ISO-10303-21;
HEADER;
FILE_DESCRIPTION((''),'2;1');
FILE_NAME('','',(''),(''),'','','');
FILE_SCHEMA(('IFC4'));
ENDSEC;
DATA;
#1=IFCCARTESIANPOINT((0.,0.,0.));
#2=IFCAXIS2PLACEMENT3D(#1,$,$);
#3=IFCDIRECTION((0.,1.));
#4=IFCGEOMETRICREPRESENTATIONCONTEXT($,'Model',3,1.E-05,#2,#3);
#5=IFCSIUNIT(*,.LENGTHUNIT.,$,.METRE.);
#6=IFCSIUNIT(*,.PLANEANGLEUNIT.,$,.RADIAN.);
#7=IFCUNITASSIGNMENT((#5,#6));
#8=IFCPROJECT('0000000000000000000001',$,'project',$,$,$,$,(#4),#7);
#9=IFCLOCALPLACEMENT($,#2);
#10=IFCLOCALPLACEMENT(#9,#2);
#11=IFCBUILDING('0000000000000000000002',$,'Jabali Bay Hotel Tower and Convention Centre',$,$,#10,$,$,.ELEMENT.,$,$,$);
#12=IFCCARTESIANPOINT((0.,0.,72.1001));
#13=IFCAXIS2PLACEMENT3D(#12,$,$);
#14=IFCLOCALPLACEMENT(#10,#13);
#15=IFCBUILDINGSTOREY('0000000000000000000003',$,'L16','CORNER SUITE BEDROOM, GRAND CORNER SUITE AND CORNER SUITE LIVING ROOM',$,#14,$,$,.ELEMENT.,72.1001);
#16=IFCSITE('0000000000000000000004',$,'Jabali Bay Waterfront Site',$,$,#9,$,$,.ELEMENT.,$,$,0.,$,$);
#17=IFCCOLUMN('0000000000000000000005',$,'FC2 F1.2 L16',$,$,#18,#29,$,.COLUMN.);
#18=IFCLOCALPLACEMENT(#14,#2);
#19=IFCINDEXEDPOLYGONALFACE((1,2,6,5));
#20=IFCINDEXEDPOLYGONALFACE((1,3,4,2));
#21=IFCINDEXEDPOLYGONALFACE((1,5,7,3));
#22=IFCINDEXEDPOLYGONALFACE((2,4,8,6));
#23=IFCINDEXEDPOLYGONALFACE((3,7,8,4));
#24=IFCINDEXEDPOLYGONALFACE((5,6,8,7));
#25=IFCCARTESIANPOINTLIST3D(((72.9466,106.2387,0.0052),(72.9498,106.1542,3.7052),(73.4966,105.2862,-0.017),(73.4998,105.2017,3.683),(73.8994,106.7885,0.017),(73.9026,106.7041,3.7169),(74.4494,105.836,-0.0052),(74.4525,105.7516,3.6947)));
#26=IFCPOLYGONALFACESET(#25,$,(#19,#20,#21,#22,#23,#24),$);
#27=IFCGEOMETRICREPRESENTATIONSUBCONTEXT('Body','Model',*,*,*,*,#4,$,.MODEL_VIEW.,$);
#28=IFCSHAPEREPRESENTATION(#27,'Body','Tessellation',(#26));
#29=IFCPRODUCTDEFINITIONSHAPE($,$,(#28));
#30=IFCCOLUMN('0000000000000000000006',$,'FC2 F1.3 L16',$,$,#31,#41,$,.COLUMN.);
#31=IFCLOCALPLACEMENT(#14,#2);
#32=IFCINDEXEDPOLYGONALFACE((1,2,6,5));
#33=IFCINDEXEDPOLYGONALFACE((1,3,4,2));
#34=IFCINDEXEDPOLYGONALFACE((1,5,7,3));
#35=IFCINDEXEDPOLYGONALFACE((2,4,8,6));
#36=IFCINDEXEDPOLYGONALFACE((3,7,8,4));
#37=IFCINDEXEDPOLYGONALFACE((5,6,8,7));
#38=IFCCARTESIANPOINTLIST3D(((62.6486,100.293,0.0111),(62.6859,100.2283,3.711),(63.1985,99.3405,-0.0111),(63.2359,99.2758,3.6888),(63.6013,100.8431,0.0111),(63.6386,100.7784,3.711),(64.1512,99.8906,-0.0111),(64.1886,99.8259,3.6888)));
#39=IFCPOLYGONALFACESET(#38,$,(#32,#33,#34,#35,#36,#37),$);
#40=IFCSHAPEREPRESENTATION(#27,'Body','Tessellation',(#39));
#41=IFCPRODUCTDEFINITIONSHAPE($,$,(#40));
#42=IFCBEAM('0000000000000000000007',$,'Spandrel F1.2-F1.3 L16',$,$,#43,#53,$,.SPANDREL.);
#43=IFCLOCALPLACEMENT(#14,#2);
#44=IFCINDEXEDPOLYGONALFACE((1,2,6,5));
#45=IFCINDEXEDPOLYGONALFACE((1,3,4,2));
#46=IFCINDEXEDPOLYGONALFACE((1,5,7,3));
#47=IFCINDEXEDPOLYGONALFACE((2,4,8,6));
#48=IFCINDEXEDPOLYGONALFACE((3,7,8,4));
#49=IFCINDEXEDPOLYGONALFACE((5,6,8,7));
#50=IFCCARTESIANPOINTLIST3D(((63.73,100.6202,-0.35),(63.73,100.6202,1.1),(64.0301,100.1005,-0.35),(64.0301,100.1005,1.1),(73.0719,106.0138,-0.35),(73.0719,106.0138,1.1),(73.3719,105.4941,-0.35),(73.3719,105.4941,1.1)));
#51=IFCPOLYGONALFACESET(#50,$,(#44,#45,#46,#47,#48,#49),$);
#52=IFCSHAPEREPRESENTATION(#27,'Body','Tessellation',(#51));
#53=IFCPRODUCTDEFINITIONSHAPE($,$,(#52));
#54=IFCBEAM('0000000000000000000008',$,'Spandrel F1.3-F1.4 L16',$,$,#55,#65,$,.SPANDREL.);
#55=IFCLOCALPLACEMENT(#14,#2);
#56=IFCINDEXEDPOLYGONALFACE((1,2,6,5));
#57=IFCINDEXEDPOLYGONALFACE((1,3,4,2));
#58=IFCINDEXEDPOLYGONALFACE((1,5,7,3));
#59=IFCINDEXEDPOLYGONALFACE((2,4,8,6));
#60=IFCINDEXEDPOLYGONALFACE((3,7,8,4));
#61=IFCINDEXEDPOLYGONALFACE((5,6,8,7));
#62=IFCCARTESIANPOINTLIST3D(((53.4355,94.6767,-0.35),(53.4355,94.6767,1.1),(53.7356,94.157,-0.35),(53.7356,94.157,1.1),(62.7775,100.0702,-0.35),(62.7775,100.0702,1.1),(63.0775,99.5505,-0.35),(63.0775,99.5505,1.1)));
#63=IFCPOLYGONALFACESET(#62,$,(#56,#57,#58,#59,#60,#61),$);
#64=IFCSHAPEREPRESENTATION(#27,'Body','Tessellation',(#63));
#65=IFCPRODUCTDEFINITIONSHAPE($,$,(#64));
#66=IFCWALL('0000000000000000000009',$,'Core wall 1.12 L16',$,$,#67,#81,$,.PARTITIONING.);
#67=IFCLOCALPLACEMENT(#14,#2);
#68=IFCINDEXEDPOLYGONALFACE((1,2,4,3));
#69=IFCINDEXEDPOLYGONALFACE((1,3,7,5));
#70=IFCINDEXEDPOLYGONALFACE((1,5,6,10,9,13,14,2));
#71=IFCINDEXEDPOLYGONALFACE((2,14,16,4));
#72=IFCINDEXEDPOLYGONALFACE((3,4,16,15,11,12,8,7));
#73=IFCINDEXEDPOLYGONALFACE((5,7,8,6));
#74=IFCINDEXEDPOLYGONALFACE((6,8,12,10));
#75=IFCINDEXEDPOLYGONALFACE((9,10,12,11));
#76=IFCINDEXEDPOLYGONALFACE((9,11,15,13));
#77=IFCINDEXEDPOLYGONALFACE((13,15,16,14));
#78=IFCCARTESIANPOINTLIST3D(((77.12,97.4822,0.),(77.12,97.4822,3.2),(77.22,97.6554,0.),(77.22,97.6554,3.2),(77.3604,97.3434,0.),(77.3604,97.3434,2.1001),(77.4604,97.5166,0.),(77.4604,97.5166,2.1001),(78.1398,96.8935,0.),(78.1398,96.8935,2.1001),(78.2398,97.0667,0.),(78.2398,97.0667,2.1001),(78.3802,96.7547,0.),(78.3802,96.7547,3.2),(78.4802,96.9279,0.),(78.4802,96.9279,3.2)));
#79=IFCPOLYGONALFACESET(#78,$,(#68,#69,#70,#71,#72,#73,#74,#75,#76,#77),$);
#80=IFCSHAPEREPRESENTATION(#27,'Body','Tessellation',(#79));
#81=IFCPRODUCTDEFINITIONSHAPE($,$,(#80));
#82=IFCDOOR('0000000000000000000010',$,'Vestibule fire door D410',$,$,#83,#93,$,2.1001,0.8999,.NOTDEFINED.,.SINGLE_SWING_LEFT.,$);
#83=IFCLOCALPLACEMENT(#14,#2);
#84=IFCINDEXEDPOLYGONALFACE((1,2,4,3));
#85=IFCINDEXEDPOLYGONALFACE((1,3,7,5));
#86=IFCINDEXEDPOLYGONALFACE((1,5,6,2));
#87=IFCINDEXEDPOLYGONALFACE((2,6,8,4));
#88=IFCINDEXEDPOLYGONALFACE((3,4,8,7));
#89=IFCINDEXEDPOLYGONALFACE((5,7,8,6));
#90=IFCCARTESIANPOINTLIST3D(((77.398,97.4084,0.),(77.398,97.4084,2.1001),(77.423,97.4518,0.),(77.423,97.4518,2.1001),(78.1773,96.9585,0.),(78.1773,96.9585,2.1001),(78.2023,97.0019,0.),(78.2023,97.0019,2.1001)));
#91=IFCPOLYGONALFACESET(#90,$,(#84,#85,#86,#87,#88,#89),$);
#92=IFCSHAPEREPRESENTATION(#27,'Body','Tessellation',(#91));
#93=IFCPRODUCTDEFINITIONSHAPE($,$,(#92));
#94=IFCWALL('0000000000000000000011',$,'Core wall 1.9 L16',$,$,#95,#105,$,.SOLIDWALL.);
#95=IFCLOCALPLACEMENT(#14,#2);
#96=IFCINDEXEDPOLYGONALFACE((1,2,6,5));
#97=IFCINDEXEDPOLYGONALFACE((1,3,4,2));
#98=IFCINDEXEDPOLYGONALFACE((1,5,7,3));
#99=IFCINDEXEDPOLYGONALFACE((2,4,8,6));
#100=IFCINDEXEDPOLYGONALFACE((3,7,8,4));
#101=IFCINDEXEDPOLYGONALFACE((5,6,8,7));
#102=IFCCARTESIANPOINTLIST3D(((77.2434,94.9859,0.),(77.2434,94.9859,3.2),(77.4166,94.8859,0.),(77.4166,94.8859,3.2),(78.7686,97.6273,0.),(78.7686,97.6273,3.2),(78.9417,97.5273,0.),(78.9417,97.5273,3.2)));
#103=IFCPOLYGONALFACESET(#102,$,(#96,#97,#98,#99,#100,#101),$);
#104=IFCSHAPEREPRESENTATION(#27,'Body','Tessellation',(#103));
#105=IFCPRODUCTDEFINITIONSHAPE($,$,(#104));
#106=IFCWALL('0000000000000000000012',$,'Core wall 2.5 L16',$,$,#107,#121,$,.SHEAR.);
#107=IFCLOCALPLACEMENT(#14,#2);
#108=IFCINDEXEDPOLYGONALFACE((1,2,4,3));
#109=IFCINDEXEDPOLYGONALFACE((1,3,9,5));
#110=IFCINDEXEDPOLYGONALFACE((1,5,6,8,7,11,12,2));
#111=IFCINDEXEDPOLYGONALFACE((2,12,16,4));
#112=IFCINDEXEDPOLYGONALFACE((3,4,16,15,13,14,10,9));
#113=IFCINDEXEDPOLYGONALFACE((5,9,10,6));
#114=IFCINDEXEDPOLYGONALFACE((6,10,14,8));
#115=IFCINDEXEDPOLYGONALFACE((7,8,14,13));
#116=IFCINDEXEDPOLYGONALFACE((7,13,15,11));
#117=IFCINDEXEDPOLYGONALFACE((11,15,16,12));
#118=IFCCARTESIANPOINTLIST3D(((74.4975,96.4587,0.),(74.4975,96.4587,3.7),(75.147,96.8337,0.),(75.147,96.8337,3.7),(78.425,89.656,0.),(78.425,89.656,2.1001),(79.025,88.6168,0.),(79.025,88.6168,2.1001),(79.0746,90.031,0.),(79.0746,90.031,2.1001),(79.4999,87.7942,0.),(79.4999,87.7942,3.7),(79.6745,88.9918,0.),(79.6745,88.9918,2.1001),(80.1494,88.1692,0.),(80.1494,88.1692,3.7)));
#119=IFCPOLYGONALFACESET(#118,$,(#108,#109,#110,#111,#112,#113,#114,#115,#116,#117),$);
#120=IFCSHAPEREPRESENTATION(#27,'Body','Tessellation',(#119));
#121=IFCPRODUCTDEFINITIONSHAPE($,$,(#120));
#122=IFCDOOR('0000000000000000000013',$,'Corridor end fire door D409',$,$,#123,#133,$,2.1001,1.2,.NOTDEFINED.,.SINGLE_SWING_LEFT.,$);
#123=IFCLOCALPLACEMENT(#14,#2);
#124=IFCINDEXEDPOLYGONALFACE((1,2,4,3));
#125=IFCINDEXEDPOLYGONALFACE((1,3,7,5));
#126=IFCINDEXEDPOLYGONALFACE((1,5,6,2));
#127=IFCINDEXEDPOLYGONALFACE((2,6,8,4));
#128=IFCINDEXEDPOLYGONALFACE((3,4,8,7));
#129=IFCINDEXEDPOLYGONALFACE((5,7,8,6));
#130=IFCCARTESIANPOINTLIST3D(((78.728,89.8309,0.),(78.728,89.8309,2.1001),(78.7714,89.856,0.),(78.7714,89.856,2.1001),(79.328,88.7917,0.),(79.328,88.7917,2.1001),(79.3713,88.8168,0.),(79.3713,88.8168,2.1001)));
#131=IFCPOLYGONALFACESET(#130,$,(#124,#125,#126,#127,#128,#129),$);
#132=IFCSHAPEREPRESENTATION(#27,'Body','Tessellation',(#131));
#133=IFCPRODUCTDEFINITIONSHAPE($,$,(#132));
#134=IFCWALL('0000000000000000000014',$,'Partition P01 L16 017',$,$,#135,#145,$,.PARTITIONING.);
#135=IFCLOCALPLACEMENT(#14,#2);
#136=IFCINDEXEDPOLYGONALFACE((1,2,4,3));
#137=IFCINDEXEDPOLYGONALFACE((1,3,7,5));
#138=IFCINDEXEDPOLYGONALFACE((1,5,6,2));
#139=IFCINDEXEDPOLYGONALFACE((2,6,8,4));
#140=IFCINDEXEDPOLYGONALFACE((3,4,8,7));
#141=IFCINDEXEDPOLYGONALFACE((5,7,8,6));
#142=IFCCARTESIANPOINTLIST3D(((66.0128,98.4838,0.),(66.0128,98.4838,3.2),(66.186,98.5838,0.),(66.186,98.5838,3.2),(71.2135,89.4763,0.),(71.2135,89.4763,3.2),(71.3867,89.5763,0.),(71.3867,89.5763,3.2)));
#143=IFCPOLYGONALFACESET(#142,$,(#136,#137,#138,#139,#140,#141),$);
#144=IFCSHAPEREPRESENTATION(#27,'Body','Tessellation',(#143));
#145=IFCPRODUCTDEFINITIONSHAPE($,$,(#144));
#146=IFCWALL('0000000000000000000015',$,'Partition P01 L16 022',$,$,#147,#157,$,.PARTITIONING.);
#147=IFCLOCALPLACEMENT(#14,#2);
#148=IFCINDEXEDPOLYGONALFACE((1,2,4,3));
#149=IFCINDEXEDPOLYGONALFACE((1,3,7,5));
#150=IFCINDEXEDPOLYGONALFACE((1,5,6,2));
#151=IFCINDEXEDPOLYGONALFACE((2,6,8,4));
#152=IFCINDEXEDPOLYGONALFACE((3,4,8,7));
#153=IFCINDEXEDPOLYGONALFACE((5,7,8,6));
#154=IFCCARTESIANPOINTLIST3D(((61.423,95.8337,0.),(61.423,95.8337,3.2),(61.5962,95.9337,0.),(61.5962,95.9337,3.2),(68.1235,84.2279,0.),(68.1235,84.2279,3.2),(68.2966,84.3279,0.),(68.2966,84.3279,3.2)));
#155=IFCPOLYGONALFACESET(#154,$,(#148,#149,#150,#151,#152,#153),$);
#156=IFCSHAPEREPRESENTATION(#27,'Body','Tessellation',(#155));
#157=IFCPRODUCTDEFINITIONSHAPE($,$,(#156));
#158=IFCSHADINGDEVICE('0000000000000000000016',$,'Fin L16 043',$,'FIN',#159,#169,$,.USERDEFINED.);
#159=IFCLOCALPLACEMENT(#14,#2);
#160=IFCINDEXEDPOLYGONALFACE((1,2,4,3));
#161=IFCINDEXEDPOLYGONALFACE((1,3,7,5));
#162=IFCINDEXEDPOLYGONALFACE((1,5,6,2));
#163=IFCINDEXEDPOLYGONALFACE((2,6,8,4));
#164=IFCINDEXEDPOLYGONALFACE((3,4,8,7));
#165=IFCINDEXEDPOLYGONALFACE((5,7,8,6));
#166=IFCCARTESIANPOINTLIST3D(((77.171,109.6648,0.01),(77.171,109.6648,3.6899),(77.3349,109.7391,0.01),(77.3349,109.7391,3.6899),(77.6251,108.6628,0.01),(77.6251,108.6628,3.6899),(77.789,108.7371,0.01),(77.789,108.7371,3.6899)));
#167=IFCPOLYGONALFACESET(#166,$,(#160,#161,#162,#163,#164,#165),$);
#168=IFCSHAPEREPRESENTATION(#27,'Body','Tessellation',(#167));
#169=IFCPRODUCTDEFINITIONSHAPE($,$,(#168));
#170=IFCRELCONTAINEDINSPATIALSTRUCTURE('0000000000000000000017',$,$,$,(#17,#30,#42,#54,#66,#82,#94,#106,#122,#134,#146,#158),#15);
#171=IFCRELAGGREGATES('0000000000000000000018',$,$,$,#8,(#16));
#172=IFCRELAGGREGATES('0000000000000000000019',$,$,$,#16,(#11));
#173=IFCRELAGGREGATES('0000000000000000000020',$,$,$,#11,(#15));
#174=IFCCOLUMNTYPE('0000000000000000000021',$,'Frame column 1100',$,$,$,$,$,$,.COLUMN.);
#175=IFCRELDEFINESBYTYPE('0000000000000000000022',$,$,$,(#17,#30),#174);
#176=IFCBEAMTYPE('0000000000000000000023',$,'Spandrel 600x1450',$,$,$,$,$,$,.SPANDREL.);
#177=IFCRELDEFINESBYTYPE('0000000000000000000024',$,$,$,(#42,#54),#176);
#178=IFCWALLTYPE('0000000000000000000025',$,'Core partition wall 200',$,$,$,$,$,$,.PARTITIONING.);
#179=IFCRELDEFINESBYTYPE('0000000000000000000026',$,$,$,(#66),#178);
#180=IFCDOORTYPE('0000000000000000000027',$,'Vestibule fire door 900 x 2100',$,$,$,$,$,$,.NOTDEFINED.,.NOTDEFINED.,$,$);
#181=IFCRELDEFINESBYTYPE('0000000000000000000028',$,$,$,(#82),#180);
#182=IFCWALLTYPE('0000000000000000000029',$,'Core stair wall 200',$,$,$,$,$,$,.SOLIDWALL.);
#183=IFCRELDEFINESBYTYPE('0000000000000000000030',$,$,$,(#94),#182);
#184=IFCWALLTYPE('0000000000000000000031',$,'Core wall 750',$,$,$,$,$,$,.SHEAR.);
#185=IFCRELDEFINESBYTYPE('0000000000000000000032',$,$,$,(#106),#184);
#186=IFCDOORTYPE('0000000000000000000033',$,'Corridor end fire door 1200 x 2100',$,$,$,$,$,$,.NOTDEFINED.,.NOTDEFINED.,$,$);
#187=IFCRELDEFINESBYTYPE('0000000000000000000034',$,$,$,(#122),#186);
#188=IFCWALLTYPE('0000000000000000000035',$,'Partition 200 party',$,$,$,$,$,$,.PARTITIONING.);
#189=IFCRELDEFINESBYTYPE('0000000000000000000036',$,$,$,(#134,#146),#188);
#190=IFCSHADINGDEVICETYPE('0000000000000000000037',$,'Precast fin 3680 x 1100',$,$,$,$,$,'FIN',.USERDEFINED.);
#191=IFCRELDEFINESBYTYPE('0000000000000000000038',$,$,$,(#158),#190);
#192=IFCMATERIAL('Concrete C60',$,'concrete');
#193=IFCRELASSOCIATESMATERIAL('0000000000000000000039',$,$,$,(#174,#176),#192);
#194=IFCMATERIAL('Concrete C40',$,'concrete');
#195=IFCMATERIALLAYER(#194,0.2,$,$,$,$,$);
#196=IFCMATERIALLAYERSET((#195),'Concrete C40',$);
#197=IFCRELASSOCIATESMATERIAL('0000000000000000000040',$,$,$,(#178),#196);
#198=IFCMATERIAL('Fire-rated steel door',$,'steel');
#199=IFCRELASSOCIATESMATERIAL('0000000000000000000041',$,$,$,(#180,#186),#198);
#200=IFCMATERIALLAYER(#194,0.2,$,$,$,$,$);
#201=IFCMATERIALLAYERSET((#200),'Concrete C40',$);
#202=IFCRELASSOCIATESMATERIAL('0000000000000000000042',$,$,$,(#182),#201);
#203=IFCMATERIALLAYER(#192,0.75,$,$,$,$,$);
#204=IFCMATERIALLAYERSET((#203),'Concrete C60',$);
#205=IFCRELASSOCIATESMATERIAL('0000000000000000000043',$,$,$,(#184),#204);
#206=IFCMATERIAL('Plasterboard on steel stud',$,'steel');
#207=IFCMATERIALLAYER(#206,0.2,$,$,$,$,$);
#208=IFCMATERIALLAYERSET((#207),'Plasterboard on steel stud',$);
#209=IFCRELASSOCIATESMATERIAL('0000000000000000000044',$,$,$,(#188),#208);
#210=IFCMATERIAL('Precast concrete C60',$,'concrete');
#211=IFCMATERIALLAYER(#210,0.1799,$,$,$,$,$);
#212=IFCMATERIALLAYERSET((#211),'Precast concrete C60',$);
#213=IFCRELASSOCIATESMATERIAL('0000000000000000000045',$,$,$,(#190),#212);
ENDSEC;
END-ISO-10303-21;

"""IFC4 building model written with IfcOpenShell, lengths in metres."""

from ifc_helpers import new_model, si_unit, direction, frame, frame_2d, origin, origin_2d, place, context, subcontext, project, spatial, rectangle, extrude, material, layer, layer_set, material_profile, profile_set, type_object, element, fill, save


model = new_model("IFC4")

# Units and contexts
model_context = context("Model", 3, precision=1e-05, world=origin(), true_north=direction((0.0, 1.0)))
body_context = subcontext(model_context, "Body", "Model", "MODEL_VIEW")
ifc_project = project(units=[si_unit("LENGTHUNIT", "METRE"), si_unit("PLANEANGLEUNIT", "RADIAN")], contexts=[model_context])

# Site, building, storey
site_placement = place(None, origin())
site = spatial("IfcSite", under=ifc_project, at=site_placement, Name="Jabali Bay Waterfront Site", CompositionType="ELEMENT", RefElevation=0.0)
building_placement = place(site_placement, origin())
building = spatial("IfcBuilding", under=site, at=building_placement, Name="Jabali Bay Hotel Tower and Convention Centre", CompositionType="ELEMENT")
storey_placement = place(building_placement, frame((0.0, 0.0, 72.1001)))
storey = spatial("IfcBuildingStorey", under=building, at=storey_placement, Name="L16", Description="CORNER SUITE BEDROOM, GRAND CORNER SUITE AND CORNER SUITE LIVING ROOM", CompositionType="ELEMENT", Elevation=72.1001)

# Columns
ifc_material_1 = material(Name="Concrete C60", Category="concrete")
ifc_material_profile_1 = material_profile(ifc_material_1, rectangle(XDim=1.1001, YDim=1.1001, at=origin_2d()), Name="Frame column 1100")
ifc_profile_set_1 = profile_set([ifc_material_profile_1], Name="Concrete C60")
column_type = type_object("IfcColumnType", Name="Frame column 1100", PredefinedType="COLUMN", material=ifc_profile_set_1)
column_1_placement = place(storey_placement, frame((73.698, 106.0374, 0.0), z_axis=(0.000858, -0.022825, 0.999739), x_axis=(0.86606, 0.499826, 0.010668)))
element("IfcColumn", 1, at=column_1_placement, inside=storey, type_object=column_type, Name="FC2 F1.2 L16", PredefinedType="COLUMN", context=body_context, shape_type="SweptSolid", body=[
    extrude(rectangle(XDim=1.1001, YDim=1.1001, at=origin_2d()), origin(), (0.0, 0.0, 1.0), 3.7009),
])
column_2_placement = place(storey_placement, frame((63.3999, 100.0918, 0.0), z_axis=(0.010094, -0.017482, 0.999796), x_axis=(-0.499903, 0.865846, 0.020187)))
element("IfcColumn", 2, at=column_2_placement, inside=storey, type_object=column_type, Name="FC2 F1.3 L16", PredefinedType="COLUMN", context=body_context, shape_type="SweptSolid", body=[
    extrude(rectangle(XDim=1.1001, YDim=1.1001, at=origin_2d()), origin(), (0.0, 0.0, 1.0), 3.7007),
])

# Beams
ifc_material_profile_2 = material_profile(ifc_material_1, rectangle(XDim=0.6001, YDim=1.45, at=origin_2d()), Name="Spandrel 600x1450")
ifc_profile_set_2 = profile_set([ifc_material_profile_2], Name="Concrete C60")
beam_type = type_object("IfcBeamType", Name="Spandrel 600x1450", PredefinedType="SPANDREL", material=ifc_profile_set_2)
for number, where, z_axis, x_axis, name in (
    (3, (73.2219, 105.7539, 0.375), (-0.866023, -0.500005, 0.0), (0.500005, -0.866023, 0.0), "Spandrel F1.2-F1.3 L16"),
    (4, (62.9275, 99.8103, 0.375), (-0.866028, -0.499995, 0.0), (0.499995, -0.866028, 0.0), "Spandrel F1.3-F1.4 L16"),
):
    element("IfcBeam", number, at=place(storey_placement, frame(where, z_axis=z_axis, x_axis=x_axis)), inside=storey, type_object=beam_type, Name=name, PredefinedType="SPANDREL", context=body_context, shape_type="SweptSolid", body=[
        extrude(rectangle(XDim=0.6001, YDim=1.45, at=origin_2d()), origin(), (0.0, 0.0, 1.0), 10.7871),
    ])

# Wall, opening, door
ifc_material_2 = material(Name="Concrete C40", Category="concrete")
ifc_layer_1 = layer(ifc_material_2, 0.2)
ifc_layer_set_1 = layer_set([ifc_layer_1], Name="Concrete C40")
wall_type_1 = type_object("IfcWallType", Name="Core partition wall 200", PredefinedType="PARTITIONING", material=ifc_layer_set_1)
wall_1_placement = place(storey_placement, frame((78.4302, 96.8413, 0.0), z_axis=(0.0, 0.0, 1.0), x_axis=(-0.866046, 0.499965, 0.0)))
wall_1 = element("IfcWall", 5, at=wall_1_placement, inside=storey, type_object=wall_type_1, Name="Core wall 1.12 L16", PredefinedType="PARTITIONING", context=body_context, shape_type="SweptSolid", body=[
    extrude(rectangle(XDim=1.4551, YDim=0.2, at=frame_2d((0.7275, 0.0))), origin(), (0.0, 0.0, 1.0), 3.2),
])
opening_1_placement = place(wall_1_placement, frame((0.2776, 0.0, 0.0)))
opening_1 = element("IfcOpeningElement", 6, at=opening_1_placement, cuts=wall_1, PredefinedType="OPENING", context=body_context, shape_type="SweptSolid", body=[
    extrude(rectangle(XDim=0.8999, YDim=2.1001, at=frame_2d((0.45, 1.05))), frame((0.0, 0.1104, 0.0), z_axis=(0.0, -1.0, 0.0), x_axis=(1.0, 0.0, 0.0)), (0.0, 0.0, 1.0), 0.2209),
])
ifc_material_3 = material(Name="Fire-rated steel door", Category="steel")
door_type_1 = type_object("IfcDoorType", Name="Vestibule fire door 900 x 2100", OperationType="NOTDEFINED", PredefinedType="NOTDEFINED", material=ifc_material_3)
door_1_placement = place(opening_1_placement, origin())
door_1 = element("IfcDoor", 7, at=door_1_placement, inside=storey, type_object=door_type_1, Name="Vestibule fire door D410", OperationType="SINGLE_SWING_LEFT", OverallHeight=2.1001, OverallWidth=0.8999, PredefinedType="NOTDEFINED", context=body_context, shape_type="SweptSolid", body=[
    extrude(rectangle(XDim=0.8999, YDim=2.1001, at=frame_2d((0.45, 1.05))), frame((0.0, 0.0249, 0.0), z_axis=(0.0, -1.0, 0.0), x_axis=(1.0, 0.0, 0.0)), (0.0, 0.0, 1.0), 0.05),
])
fill(opening_1, door_1)

# Wall
ifc_layer_2 = layer(ifc_material_2, 0.2)
ifc_layer_set_2 = layer_set([ifc_layer_2], Name="Concrete C40")
wall_type_2 = type_object("IfcWallType", Name="Core stair wall 200", PredefinedType="SOLIDWALL", material=ifc_layer_set_2)
wall_2_placement = place(storey_placement, frame((77.3301, 94.936, 0.0), z_axis=(0.0, 0.0, 1.0), x_axis=(0.500039, 0.866003, 0.0)))
element("IfcWall", 8, at=wall_2_placement, inside=storey, type_object=wall_type_2, Name="Core wall 1.9 L16", PredefinedType="SOLIDWALL", context=body_context, shape_type="SweptSolid", body=[
    extrude(rectangle(XDim=3.05, YDim=0.2, at=frame_2d((1.5249, 0.0))), origin(), (0.0, 0.0, 1.0), 3.2),
])

# Wall, opening, door
ifc_layer_3 = layer(ifc_material_1, 0.75)
ifc_layer_set_3 = layer_set([ifc_layer_3], Name="Concrete C60")
wall_type_3 = type_object("IfcWallType", Name="Core wall 750", PredefinedType="SHEAR", material=ifc_layer_set_3)
wall_3_placement = place(storey_placement, frame((74.8223, 96.6462, 0.0), z_axis=(0.0, 0.0, 1.0), x_axis=(0.499997, -0.866027, 0.0)))
wall_3 = element("IfcWall", 9, at=wall_3_placement, inside=storey, type_object=wall_type_3, Name="Core wall 2.5 L16", PredefinedType="SHEAR", context=body_context, shape_type="SweptSolid", body=[
    extrude(rectangle(XDim=10.0049, YDim=0.75, at=frame_2d((5.0024, 0.0))), origin(), (0.0, 0.0, 1.0), 3.7),
])
opening_2_placement = place(wall_3_placement, frame((7.855, 0.0, 0.0)))
opening_2 = element("IfcOpeningElement", 10, at=opening_2_placement, cuts=wall_3, PredefinedType="OPENING", context=body_context, shape_type="SweptSolid", body=[
    extrude(rectangle(XDim=1.2, YDim=2.1001, at=frame_2d((0.6001, 1.05))), frame((0.0, 0.3855, 0.0), z_axis=(0.0, -1.0, 0.0), x_axis=(1.0, 0.0, 0.0)), (0.0, 0.0, 1.0), 0.771),
])
door_type_2 = type_object("IfcDoorType", Name="Corridor end fire door 1200 x 2100", OperationType="NOTDEFINED", PredefinedType="NOTDEFINED", material=ifc_material_3)
door_2_placement = place(opening_2_placement, origin())
door_2 = element("IfcDoor", 11, at=door_2_placement, inside=storey, type_object=door_type_2, Name="Corridor end fire door D409", OperationType="SINGLE_SWING_LEFT", OverallHeight=2.1001, OverallWidth=1.2, PredefinedType="NOTDEFINED", context=body_context, shape_type="SweptSolid", body=[
    extrude(rectangle(XDim=1.2, YDim=2.1001, at=frame_2d((0.6001, 1.05))), frame((0.0, 0.0249, 0.0), z_axis=(0.0, -1.0, 0.0), x_axis=(1.0, 0.0, 0.0)), (0.0, 0.0, 1.0), 0.05),
])
fill(opening_2, door_2)

# Walls
ifc_material_4 = material(Name="Plasterboard on steel stud", Category="steel")
ifc_layer_4 = layer(ifc_material_4, 0.2)
ifc_layer_set_4 = layer_set([ifc_layer_4], Name="Plasterboard on steel stud")
wall_type_4 = type_object("IfcWallType", Name="Partition 200 party", PredefinedType="PARTITIONING", material=ifc_layer_set_4)
wall_4_placement = place(storey_placement, frame((66.0994, 98.5339, 0.0), z_axis=(0.0, 0.0, 1.0), x_axis=(0.500012, -0.866019, 0.0)))
element("IfcWall", 12, at=wall_4_placement, inside=storey, type_object=wall_type_4, Name="Partition P01 L16 017", PredefinedType="PARTITIONING", context=body_context, shape_type="SweptSolid", body=[
    extrude(rectangle(XDim=10.4011, YDim=0.2, at=frame_2d((5.2007, 0.0))), origin(), (0.0, 0.0, 1.0), 3.2),
])
wall_5_placement = place(storey_placement, frame((61.5095, 95.8838, 0.0), z_axis=(0.0, 0.0, 1.0), x_axis=(0.499993, -0.866029, 0.0)))
element("IfcWall", 13, at=wall_5_placement, inside=storey, type_object=wall_type_4, Name="Partition P01 L16 022", PredefinedType="PARTITIONING", context=body_context, shape_type="SweptSolid", body=[
    extrude(rectangle(XDim=13.4011, YDim=0.2, at=frame_2d((6.7007, 0.0))), origin(), (0.0, 0.0, 1.0), 3.2),
])

# Shading device
ifc_material_5 = material(Name="Precast concrete C60", Category="concrete")
ifc_layer_5 = layer(ifc_material_5, 0.1799)
ifc_layer_set_5 = layer_set([ifc_layer_5], Name="Precast concrete C60")
shading_device_type = type_object("IfcShadingDeviceType", Name="Precast fin 3680 x 1100", ElementType="FIN", PredefinedType="USERDEFINED", material=ifc_layer_set_5)
for number, where, z_axis, x_axis, name in (
    (14, (77.707, 108.7, 0.01), (0.0, 0.0, 1.0), (-0.412799, 0.910822, 0.0), "Fin L16 043"),
):
    element("IfcShadingDevice", number, at=place(storey_placement, frame(where, z_axis=z_axis, x_axis=x_axis)), inside=storey, type_object=shading_device_type, Name=name, ObjectType="FIN", PredefinedType="USERDEFINED", context=body_context, shape_type="SweptSolid", body=[
        extrude(rectangle(XDim=1.1001, YDim=0.1799, at=frame_2d((0.55, 0.0))), origin(), (0.0, 0.0, 1.0), 3.6799),
    ])

save(model, "model.ifc")
